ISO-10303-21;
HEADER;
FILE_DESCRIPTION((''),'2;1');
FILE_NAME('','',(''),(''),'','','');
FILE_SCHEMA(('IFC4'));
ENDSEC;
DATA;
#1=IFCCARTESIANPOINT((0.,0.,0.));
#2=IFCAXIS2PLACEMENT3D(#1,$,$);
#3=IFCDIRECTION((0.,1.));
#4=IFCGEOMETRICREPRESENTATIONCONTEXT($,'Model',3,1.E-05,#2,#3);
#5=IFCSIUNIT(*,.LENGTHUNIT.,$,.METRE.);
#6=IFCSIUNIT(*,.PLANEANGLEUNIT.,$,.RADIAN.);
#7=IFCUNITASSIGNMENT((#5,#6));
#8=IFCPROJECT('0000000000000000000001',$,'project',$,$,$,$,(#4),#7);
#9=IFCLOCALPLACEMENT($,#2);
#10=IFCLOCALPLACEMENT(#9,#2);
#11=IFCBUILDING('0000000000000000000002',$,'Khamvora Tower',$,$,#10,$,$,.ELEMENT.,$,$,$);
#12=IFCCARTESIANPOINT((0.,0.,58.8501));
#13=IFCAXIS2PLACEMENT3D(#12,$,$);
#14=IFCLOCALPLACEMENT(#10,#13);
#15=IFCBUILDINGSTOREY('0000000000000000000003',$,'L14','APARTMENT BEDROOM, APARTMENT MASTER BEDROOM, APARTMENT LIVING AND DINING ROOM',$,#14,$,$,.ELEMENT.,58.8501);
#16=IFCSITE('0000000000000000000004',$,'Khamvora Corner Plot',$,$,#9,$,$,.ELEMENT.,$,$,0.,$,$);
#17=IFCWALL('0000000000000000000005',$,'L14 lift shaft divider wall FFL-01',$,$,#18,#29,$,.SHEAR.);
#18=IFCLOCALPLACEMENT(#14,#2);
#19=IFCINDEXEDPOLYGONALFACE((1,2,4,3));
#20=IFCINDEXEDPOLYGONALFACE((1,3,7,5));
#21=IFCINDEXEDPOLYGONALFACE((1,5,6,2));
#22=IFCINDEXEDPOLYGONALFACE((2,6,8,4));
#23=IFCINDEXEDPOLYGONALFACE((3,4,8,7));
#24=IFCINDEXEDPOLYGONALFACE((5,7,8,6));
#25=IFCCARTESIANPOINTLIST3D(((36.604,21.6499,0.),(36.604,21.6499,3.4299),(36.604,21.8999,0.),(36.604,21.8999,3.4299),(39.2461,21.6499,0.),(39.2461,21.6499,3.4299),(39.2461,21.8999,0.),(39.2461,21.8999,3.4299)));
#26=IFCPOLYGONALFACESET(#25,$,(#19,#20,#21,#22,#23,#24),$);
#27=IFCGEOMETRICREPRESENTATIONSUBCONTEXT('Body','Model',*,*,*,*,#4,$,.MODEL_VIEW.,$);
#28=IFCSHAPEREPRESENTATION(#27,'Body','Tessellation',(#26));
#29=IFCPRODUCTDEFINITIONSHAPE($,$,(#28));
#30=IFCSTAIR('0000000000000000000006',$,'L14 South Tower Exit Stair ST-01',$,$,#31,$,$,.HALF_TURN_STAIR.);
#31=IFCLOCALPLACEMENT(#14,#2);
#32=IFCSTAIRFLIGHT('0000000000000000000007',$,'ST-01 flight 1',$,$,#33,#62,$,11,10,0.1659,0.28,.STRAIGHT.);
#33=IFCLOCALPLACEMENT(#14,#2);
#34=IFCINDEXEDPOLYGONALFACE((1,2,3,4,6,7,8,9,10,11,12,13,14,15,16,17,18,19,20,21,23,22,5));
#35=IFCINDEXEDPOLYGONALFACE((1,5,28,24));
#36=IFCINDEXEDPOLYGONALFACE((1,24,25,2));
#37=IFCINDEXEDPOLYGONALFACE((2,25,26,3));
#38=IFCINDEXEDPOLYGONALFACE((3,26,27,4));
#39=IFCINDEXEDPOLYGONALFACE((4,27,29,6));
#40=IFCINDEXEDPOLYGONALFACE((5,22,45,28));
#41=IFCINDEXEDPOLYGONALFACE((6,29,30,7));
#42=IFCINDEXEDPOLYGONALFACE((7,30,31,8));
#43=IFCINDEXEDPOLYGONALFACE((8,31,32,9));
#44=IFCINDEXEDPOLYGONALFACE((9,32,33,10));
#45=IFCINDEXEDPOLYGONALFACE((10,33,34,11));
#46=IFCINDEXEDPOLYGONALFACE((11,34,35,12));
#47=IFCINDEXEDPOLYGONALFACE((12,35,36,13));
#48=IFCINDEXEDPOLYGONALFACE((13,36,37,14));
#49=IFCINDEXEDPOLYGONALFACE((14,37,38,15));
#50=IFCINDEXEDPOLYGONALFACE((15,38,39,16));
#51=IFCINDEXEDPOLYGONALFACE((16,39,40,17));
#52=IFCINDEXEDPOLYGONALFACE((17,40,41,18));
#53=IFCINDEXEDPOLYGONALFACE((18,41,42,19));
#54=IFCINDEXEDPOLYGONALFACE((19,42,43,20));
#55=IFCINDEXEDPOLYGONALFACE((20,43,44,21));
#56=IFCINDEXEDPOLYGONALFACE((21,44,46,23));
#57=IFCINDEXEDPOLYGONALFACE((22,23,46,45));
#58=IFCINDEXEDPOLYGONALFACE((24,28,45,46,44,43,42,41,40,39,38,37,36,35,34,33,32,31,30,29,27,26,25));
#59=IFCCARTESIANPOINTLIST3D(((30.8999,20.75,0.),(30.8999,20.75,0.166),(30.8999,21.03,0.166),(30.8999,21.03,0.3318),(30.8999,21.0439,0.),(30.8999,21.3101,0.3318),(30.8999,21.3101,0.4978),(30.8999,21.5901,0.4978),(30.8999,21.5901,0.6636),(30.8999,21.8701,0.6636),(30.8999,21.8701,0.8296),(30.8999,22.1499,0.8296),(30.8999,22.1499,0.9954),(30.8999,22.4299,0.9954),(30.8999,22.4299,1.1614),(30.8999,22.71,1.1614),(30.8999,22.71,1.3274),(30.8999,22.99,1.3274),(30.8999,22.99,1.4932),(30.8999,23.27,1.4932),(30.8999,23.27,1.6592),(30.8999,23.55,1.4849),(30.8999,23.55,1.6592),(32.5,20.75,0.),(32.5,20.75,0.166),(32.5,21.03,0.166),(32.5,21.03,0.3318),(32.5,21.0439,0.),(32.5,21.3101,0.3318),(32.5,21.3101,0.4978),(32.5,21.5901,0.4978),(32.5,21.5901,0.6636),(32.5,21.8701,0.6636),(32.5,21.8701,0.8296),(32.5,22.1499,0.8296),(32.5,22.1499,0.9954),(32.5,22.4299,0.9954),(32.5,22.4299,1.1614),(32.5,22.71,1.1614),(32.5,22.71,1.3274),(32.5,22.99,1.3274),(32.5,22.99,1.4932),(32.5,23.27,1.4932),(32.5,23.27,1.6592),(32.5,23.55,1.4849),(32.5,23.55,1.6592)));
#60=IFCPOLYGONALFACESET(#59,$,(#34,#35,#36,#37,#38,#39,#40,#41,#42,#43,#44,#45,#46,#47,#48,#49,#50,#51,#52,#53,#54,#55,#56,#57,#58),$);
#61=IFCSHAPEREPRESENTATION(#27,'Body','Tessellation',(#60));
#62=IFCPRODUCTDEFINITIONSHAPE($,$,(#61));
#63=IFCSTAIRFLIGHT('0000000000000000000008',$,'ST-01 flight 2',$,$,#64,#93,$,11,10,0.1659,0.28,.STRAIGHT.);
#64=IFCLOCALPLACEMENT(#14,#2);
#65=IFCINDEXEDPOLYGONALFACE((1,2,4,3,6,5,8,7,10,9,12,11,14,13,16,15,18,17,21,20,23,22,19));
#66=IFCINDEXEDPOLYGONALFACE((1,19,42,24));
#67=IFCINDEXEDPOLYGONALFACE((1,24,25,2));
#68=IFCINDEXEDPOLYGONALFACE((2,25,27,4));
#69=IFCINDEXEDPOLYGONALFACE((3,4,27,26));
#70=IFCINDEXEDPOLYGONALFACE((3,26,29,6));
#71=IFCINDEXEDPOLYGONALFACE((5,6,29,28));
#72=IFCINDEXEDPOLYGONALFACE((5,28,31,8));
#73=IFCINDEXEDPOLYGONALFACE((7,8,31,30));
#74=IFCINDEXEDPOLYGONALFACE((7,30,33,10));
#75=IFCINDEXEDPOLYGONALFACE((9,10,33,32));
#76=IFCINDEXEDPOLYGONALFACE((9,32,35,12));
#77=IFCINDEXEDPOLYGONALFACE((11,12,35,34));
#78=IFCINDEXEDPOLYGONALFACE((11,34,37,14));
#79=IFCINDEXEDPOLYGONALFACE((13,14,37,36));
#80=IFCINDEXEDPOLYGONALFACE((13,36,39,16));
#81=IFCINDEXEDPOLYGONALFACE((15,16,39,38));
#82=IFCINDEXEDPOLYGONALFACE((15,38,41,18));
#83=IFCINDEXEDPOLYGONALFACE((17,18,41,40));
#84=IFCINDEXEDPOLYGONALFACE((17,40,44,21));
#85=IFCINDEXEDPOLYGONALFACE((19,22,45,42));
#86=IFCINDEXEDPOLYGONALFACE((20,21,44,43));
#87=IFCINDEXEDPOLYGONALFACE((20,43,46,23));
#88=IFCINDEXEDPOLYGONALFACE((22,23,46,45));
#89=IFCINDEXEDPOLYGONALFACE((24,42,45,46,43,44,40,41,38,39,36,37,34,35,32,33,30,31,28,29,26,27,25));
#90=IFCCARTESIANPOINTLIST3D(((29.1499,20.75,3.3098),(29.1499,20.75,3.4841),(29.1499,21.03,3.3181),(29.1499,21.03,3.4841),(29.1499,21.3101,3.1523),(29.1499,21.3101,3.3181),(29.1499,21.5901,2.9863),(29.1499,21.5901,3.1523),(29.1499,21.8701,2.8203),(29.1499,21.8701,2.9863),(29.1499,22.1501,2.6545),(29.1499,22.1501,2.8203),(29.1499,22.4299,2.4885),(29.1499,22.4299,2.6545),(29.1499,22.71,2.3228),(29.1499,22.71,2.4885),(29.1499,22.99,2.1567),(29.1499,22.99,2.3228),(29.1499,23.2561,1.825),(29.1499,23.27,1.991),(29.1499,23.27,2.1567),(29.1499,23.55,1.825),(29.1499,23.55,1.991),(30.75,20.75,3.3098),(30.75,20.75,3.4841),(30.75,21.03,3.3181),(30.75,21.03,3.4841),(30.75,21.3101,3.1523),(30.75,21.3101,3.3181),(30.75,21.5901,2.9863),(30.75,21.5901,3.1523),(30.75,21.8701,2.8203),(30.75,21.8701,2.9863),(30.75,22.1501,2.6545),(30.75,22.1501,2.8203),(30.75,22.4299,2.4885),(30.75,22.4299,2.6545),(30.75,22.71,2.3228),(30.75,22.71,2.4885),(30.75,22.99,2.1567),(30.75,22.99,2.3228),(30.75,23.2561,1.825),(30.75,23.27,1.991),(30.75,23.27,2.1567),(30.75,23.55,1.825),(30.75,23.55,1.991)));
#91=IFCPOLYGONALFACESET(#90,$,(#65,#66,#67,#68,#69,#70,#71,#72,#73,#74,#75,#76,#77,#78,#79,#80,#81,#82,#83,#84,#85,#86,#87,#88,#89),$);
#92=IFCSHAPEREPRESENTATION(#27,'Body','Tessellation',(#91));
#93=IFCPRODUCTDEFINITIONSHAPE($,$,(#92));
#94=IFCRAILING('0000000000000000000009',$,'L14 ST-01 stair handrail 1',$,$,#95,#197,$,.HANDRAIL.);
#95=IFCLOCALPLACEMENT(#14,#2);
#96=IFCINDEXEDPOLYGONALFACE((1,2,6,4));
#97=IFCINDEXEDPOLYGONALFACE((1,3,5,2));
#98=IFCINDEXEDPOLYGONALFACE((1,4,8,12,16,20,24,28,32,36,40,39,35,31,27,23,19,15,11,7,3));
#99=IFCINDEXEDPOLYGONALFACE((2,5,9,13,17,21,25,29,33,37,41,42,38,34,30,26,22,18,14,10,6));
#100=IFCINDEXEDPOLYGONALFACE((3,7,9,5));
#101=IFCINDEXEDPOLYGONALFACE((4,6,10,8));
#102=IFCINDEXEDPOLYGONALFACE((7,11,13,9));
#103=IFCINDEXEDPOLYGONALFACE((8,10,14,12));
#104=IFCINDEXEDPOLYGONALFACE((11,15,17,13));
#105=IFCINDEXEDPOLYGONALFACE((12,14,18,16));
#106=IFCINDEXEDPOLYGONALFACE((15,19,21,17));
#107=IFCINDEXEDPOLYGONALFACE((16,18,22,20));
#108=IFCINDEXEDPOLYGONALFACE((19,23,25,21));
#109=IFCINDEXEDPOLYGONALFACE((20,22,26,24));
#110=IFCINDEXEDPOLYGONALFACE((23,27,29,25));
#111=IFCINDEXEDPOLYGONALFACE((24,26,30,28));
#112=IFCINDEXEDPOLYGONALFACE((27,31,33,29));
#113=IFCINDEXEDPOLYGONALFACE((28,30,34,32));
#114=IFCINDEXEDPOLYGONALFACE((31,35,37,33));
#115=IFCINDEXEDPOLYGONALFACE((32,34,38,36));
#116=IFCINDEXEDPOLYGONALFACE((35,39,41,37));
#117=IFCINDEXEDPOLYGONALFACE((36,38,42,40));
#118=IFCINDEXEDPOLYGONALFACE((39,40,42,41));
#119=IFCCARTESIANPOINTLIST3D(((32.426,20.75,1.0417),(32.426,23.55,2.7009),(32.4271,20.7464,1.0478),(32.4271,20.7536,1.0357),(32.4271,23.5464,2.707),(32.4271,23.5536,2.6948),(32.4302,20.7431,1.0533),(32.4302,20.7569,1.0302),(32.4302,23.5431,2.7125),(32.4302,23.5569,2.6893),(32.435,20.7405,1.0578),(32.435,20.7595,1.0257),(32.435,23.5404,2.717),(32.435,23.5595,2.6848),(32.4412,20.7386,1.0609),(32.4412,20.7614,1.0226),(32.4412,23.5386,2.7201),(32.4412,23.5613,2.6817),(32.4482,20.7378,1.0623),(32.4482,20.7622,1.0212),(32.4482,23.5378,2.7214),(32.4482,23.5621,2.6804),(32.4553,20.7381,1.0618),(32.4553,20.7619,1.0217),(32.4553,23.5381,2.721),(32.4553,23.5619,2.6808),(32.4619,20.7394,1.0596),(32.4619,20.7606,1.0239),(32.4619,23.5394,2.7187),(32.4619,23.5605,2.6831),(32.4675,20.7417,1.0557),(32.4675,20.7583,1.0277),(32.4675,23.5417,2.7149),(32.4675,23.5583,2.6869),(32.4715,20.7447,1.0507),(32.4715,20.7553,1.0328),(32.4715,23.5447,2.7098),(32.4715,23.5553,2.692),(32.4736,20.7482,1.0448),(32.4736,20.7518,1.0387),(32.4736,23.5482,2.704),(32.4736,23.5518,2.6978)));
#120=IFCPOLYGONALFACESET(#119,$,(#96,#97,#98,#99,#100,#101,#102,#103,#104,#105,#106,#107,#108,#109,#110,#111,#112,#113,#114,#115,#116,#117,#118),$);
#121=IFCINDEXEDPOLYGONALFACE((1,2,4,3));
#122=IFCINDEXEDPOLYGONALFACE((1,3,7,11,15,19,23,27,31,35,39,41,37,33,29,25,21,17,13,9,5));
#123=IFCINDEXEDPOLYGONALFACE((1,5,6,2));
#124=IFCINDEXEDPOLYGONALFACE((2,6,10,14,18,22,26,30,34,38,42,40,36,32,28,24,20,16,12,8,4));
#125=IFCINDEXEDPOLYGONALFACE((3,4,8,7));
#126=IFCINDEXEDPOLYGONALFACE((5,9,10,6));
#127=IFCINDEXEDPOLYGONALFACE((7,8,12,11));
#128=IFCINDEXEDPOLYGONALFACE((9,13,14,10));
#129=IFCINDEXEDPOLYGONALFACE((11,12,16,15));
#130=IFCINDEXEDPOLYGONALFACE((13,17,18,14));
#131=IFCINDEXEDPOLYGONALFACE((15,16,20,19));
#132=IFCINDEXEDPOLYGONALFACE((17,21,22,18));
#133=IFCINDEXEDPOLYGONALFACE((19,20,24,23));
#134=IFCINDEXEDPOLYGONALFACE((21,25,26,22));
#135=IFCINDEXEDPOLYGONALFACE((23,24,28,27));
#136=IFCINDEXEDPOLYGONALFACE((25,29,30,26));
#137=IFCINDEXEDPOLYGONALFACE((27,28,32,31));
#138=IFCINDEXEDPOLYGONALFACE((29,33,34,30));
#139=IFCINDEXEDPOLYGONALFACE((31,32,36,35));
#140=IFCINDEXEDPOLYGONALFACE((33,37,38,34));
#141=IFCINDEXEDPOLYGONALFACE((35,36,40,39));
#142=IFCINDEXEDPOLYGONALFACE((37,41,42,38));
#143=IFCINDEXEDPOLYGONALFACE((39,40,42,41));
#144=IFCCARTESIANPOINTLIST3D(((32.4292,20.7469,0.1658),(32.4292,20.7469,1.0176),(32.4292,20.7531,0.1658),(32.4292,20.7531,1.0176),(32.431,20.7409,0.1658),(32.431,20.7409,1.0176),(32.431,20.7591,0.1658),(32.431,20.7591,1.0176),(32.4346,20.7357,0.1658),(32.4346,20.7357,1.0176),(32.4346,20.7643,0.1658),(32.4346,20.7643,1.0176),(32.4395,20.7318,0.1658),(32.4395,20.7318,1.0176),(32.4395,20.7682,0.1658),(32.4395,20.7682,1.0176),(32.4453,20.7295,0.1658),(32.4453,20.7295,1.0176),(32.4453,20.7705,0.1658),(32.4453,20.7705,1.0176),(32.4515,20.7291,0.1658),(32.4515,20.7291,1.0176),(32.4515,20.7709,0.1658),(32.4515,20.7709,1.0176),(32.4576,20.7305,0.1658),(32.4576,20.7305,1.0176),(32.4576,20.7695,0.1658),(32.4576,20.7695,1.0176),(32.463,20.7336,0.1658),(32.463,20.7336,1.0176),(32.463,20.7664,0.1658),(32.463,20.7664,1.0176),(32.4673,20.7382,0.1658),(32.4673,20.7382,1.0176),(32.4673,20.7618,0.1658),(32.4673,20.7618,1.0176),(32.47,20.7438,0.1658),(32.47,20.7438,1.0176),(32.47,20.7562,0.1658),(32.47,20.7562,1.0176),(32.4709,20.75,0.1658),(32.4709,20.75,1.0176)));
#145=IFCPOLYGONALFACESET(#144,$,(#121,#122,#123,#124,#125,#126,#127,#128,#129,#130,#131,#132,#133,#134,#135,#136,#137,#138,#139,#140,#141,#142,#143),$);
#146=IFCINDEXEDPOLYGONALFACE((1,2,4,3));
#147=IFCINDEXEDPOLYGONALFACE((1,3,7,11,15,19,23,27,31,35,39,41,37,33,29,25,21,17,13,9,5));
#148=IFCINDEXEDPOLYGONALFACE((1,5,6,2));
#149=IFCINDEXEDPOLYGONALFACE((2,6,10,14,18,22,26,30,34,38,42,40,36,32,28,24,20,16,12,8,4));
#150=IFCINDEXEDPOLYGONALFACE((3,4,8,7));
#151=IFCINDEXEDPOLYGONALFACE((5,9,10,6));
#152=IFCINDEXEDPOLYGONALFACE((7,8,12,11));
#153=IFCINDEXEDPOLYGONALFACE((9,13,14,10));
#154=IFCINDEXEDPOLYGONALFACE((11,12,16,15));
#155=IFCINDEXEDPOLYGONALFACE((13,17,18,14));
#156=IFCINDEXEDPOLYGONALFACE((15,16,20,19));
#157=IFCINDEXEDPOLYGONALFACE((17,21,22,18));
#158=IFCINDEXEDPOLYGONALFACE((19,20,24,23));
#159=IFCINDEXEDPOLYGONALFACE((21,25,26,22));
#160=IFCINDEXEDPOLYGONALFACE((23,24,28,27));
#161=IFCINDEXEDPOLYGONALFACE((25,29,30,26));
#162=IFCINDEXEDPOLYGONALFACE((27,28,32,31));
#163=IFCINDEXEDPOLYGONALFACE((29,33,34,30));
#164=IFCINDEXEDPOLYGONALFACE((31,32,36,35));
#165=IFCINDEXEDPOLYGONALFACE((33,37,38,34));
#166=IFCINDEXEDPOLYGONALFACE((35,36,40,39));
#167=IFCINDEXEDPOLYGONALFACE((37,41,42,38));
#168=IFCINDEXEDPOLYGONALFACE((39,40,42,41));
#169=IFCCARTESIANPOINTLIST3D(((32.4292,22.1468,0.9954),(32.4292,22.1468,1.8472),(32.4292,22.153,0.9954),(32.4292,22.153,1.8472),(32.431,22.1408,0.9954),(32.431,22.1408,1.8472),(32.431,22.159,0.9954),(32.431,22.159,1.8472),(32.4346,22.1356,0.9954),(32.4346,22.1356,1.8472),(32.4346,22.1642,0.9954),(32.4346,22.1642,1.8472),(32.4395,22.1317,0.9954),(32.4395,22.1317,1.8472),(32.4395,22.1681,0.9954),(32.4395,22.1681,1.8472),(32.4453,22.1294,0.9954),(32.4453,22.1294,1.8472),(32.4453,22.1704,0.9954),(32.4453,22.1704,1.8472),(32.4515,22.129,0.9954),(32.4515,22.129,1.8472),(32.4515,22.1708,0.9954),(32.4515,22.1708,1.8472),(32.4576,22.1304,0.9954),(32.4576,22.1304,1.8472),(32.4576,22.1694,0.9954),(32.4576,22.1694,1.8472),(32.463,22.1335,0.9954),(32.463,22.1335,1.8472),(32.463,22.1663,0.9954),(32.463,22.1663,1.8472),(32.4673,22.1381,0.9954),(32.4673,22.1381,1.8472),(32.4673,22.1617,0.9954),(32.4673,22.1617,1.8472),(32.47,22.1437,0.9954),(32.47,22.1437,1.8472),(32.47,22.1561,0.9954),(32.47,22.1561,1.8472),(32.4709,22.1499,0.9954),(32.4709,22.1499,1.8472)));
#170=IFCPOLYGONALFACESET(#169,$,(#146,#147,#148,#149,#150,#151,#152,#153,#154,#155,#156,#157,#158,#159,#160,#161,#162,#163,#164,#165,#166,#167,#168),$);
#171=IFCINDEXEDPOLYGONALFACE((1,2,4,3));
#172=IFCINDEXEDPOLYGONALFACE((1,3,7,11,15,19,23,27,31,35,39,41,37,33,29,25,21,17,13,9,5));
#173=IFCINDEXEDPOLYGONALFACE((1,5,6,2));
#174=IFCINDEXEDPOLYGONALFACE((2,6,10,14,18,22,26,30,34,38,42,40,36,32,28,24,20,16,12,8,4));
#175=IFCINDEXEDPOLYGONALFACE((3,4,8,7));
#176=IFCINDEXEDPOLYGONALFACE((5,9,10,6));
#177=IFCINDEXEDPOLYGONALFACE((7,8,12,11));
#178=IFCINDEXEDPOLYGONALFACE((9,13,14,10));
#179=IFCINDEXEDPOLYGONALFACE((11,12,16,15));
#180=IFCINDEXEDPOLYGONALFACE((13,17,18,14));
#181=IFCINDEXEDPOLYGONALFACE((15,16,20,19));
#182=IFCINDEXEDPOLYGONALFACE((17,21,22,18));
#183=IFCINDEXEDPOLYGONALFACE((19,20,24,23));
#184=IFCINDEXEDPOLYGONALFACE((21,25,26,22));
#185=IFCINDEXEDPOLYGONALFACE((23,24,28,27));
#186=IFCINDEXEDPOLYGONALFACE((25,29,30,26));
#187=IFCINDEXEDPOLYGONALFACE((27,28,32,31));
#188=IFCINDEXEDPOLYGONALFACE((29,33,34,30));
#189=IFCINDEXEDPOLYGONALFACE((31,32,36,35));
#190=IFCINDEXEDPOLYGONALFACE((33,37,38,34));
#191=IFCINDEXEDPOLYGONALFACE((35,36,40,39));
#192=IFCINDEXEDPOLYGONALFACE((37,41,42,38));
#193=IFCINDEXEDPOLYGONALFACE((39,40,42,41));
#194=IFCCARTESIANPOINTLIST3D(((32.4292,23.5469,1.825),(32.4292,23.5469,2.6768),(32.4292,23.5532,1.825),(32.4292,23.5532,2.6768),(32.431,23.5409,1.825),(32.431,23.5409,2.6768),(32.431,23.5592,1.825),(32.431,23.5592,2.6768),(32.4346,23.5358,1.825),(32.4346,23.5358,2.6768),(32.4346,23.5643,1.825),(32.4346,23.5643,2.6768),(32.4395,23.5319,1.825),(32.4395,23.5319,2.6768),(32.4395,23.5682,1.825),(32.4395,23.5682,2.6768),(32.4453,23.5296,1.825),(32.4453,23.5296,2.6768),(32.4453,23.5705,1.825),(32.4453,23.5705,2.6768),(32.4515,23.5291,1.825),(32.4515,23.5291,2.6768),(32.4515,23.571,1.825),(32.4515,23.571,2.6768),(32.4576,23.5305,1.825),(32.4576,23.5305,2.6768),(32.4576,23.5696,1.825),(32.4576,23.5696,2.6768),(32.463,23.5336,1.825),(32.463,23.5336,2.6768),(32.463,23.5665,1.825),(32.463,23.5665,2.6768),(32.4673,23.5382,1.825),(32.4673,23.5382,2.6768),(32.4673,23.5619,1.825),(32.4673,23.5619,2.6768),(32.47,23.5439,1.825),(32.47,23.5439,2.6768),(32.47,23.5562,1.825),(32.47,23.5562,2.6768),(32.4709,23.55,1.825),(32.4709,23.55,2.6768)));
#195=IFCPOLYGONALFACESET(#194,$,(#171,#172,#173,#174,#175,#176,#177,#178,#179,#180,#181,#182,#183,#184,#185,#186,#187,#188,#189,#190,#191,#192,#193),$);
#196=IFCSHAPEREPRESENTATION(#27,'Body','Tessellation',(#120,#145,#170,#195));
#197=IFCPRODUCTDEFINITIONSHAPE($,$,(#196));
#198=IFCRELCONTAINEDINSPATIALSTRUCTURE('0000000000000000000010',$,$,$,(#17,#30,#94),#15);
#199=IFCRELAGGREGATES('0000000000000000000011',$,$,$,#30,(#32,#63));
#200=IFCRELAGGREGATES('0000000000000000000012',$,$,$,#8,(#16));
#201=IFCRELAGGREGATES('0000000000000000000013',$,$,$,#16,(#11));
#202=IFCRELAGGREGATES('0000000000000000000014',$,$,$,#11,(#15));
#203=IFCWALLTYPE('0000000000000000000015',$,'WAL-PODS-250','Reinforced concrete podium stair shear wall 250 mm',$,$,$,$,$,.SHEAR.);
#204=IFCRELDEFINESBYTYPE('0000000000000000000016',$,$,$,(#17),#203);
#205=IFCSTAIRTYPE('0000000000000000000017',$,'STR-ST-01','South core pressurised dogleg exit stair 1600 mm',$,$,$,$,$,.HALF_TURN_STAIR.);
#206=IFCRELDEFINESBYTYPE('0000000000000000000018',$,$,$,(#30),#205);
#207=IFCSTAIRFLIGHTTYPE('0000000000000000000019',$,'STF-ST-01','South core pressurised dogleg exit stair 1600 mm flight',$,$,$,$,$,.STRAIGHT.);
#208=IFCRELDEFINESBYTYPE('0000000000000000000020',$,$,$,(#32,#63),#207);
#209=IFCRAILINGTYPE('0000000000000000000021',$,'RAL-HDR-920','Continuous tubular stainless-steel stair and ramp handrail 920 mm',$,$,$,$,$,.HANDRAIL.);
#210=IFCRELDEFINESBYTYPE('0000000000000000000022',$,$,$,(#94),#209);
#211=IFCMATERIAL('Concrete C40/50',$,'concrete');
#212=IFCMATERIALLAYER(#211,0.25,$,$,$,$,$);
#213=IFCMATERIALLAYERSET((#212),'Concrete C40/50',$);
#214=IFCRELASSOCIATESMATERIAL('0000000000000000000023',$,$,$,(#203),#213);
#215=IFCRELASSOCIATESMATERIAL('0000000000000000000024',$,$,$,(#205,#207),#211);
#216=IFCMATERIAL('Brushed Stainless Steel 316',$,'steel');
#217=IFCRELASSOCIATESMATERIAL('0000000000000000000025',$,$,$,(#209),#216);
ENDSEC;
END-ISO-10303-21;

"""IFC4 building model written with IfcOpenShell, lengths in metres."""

from ifc_helpers import new_model, si_unit, direction, frame, frame_2d, origin, origin_2d, place, context, subcontext, project, spatial, polyline, rectangle, circle, outline, extrude, material, layer, layer_set, type_object, element, aggregate, save


model = new_model("IFC4")

# Units and contexts
model_context = context("Model", 3, precision=1e-05, world=origin(), true_north=direction((0.0, 1.0)))
body_context = subcontext(model_context, "Body", "Model", "MODEL_VIEW")
ifc_project = project(units=[si_unit("LENGTHUNIT", "METRE"), si_unit("PLANEANGLEUNIT", "RADIAN")], contexts=[model_context])

# Site, building, storey
site_placement = place(None, origin())
site = spatial("IfcSite", under=ifc_project, at=site_placement, Name="Khamvora Corner Plot", CompositionType="ELEMENT", RefElevation=0.0)
building_placement = place(site_placement, origin())
building = spatial("IfcBuilding", under=site, at=building_placement, Name="Khamvora Tower", CompositionType="ELEMENT")
storey_placement = place(building_placement, frame((0.0, 0.0, 58.8501)))
storey = spatial("IfcBuildingStorey", under=building, at=storey_placement, Name="L14", Description="APARTMENT BEDROOM, APARTMENT MASTER BEDROOM, APARTMENT LIVING AND DINING ROOM", CompositionType="ELEMENT", Elevation=58.8501)

# Wall
ifc_material_1 = material(Name="Concrete C40/50", Category="concrete")
ifc_layer_1 = layer(ifc_material_1, 0.25)
ifc_layer_set_1 = layer_set([ifc_layer_1], Name="Concrete C40/50")
wall_type_1 = type_object("IfcWallType", Name="WAL-PODS-250", Description="Reinforced concrete podium stair shear wall 250 mm", PredefinedType="SHEAR", material=ifc_layer_set_1)
wall_1_placement = place(storey_placement, frame((36.604, 21.7749, 0.0), z_axis=(0.0, 0.0, 1.0), x_axis=(1.0, 0.0, 0.0)))
element("IfcWall", 1, at=wall_1_placement, inside=storey, type_object=wall_type_1, Name="L14 lift shaft divider wall FFL-01", PredefinedType="SHEAR", context=body_context, shape_type="SweptSolid", body=[
    extrude(rectangle(XDim=2.6421, YDim=0.25, at=frame_2d((1.321, 0.0))), origin(), (0.0, 0.0, 1.0), 3.4299),
])

# Stair, stair flights
stair_type = type_object("IfcStairType", Name="STR-ST-01", Description="South core pressurised dogleg exit stair 1600 mm", PredefinedType="HALF_TURN_STAIR", material=ifc_material_1)
stair_placement = place(storey_placement, origin())
stair = element("IfcStair", 2, at=stair_placement, inside=storey, type_object=stair_type, Name="L14 South Tower Exit Stair ST-01", PredefinedType="HALF_TURN_STAIR")
stair_flight_type = type_object("IfcStairFlightType", Name="STF-ST-01", Description="South core pressurised dogleg exit stair 1600 mm flight", PredefinedType="STRAIGHT", material=ifc_material_1)
stair_flight_1_placement = place(storey_placement, frame((31.7, 20.75, 0.0), z_axis=(0.0, 0.0, 1.0), x_axis=(0.0, 1.0, 0.0)))
stair_flight_1 = element("IfcStairFlight", 3, at=stair_flight_1_placement, type_object=stair_flight_type, Name="ST-01 flight 1", NumberOfRisers=11, NumberOfTreads=10, PredefinedType="STRAIGHT", RiserHeight=0.1659, TreadLength=0.28, context=body_context, shape_type="SweptSolid", body=[
    extrude(outline(polyline([(0.0, 0.0), (0.0, 0.166), (0.28, 0.166), (0.28, 0.3318), (0.5601, 0.3318), (0.5601, 0.4978), (0.8401, 0.4978), (0.8401, 0.6636), (1.1201, 0.6636), (1.1201, 0.8296), (1.3999, 0.8296), (1.3999, 0.9954), (1.6799, 0.9954), (1.6799, 1.1614), (1.96, 1.1614), (1.96, 1.3274), (2.24, 1.3274), (2.24, 1.4932), (2.52, 1.4932), (2.52, 1.6592), (2.8, 1.6592), (2.8, 1.825), (2.8, 1.4849), (0.2939, 0.0), (0.0, 0.0)])), frame((0.0, 0.8, 0.0), z_axis=(0.0, -1.0, 0.0), x_axis=(1.0, 0.0, 0.0)), (0.0, 0.0, 1.0), 1.6001),
])
stair_flight_2_placement = place(storey_placement, frame((29.95, 23.55, 1.825), z_axis=(0.0, 0.0, 1.0), x_axis=(0.0, -1.0, 0.0)))
stair_flight_2 = element("IfcStairFlight", 4, at=stair_flight_2_placement, type_object=stair_flight_type, Name="ST-01 flight 2", NumberOfRisers=11, NumberOfTreads=10, PredefinedType="STRAIGHT", RiserHeight=0.1659, TreadLength=0.28, context=body_context, shape_type="SweptSolid", body=[
    extrude(outline(polyline([(0.0, 0.0), (0.0, 0.166), (0.28, 0.166), (0.28, 0.3318), (0.5601, 0.3318), (0.5601, 0.4978), (0.8401, 0.4978), (0.8401, 0.6636), (1.1201, 0.6636), (1.1201, 0.8296), (1.3999, 0.8296), (1.3999, 0.9954), (1.6799, 0.9954), (1.6799, 1.1614), (1.96, 1.1614), (1.96, 1.3274), (2.24, 1.3274), (2.24, 1.4932), (2.52, 1.4932), (2.52, 1.6592), (2.8, 1.6592), (2.8, 1.825), (2.8, 1.4849), (0.2939, 0.0), (0.0, 0.0)])), frame((0.0, 0.8, 0.0), z_axis=(0.0, -1.0, 0.0), x_axis=(1.0, 0.0, 0.0)), (0.0, 0.0, 1.0), 1.6001),
])
aggregate(stair, [stair_flight_1, stair_flight_2])

# Railing
ifc_material_2 = material(Name="Brushed Stainless Steel 316", Category="steel")
railing_type_1 = type_object("IfcRailingType", Name="RAL-HDR-920", Description="Continuous tubular stainless-steel stair and ramp handrail 920 mm", PredefinedType="HANDRAIL", material=ifc_material_2)
railing_1_placement = place(storey_placement, frame((32.45, 20.75, 0.1658)))
element("IfcRailing", 5, at=railing_1_placement, inside=storey, type_object=railing_type_1, Name="L14 ST-01 stair handrail 1", PredefinedType="HANDRAIL", context=body_context, shape_type="SweptSolid", body=[
    extrude(circle(Radius=0.0239, at=origin_2d()), frame((0.0, 0.0, 0.876), z_axis=(0.0, 0.860306, 0.509778), x_axis=(-1.0, 0.0, 0.0)), (0.0, 0.0, 1.0), 3.2546),
    extrude(circle(Radius=0.021, at=origin_2d()), origin(), (0.0, 0.0, 1.0), 0.8518),
    extrude(circle(Radius=0.021, at=origin_2d()), frame((0.0, 1.3999, 0.8296)), (0.0, 0.0, 1.0), 0.8518),
    extrude(circle(Radius=0.021, at=origin_2d()), frame((0.0, 2.8, 1.6592)), (0.0, 0.0, 1.0), 0.8518),
])

save(model, "model.ifc")
